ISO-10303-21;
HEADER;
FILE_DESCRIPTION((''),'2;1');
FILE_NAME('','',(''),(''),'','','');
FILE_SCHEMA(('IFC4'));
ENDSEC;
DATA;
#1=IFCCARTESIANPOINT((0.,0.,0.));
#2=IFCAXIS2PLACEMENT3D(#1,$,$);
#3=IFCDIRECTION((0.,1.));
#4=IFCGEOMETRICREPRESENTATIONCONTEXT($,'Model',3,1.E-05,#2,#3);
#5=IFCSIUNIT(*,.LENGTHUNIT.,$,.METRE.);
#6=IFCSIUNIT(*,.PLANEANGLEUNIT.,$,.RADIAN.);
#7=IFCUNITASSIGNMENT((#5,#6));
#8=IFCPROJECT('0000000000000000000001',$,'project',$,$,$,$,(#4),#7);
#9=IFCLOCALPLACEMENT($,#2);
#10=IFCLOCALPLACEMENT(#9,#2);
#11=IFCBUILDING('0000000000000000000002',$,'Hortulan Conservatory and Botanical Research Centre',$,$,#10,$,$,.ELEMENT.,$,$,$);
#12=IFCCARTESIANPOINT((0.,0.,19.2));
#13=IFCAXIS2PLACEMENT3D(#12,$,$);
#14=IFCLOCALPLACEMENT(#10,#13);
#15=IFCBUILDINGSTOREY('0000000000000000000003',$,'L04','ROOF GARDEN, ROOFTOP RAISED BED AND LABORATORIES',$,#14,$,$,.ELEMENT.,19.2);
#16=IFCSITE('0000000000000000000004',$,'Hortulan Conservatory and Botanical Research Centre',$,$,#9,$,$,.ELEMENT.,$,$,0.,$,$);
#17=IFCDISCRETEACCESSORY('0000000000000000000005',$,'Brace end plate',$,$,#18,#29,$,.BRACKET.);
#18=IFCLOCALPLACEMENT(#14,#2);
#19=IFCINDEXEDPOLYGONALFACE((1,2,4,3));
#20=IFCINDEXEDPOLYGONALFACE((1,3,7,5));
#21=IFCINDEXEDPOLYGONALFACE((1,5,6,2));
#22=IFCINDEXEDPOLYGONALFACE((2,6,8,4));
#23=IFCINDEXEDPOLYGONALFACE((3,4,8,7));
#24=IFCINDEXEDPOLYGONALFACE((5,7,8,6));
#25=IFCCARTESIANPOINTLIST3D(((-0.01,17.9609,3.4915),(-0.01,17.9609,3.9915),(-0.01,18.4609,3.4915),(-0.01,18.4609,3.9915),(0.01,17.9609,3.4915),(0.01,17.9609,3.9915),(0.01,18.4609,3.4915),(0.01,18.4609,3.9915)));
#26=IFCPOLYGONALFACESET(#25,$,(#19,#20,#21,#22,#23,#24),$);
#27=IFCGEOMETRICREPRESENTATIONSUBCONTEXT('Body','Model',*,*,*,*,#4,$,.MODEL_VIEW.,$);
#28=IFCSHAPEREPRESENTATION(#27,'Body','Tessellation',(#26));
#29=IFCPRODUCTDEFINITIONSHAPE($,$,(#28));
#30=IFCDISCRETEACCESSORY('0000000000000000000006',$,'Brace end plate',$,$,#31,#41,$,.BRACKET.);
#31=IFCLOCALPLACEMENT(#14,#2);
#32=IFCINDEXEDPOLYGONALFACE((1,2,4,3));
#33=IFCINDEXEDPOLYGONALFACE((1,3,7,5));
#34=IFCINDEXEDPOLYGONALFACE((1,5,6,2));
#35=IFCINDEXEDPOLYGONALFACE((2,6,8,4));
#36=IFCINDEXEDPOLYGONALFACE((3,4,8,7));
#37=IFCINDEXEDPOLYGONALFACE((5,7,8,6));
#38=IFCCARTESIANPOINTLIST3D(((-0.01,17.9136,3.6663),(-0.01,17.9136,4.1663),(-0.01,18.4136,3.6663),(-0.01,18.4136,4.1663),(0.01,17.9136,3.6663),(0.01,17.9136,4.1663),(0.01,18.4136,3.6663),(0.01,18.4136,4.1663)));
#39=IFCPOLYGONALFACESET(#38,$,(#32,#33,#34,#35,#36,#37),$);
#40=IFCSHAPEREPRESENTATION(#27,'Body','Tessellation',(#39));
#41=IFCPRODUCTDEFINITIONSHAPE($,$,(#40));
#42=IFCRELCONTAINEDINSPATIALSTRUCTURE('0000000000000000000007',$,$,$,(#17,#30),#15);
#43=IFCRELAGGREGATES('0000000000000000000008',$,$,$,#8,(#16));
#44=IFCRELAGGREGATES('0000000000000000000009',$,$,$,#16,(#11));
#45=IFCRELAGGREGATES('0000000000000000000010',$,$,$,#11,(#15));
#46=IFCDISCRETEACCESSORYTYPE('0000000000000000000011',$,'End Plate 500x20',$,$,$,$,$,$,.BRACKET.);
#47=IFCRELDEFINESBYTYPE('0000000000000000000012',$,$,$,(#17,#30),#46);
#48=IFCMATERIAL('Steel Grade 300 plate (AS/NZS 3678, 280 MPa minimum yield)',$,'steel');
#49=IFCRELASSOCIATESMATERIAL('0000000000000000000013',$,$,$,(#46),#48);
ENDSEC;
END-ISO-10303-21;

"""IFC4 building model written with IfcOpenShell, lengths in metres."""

from ifc_helpers import new_model, si_unit, direction, frame, origin, origin_2d, place, context, subcontext, project, spatial, rectangle, extrude, material, type_object, element, save


model = new_model("IFC4")

# Units and contexts
model_context = context("Model", 3, precision=1e-05, world=origin(), true_north=direction((0.0, 1.0)))
body_context = subcontext(model_context, "Body", "Model", "MODEL_VIEW")
ifc_project = project(units=[si_unit("LENGTHUNIT", "METRE"), si_unit("PLANEANGLEUNIT", "RADIAN")], contexts=[model_context])

# Site, building, storey
site_placement = place(None, origin())
site = spatial("IfcSite", under=ifc_project, at=site_placement, Name="Hortulan Conservatory and Botanical Research Centre", CompositionType="ELEMENT", RefElevation=0.0)
building_placement = place(site_placement, origin())
building = spatial("IfcBuilding", under=site, at=building_placement, Name="Hortulan Conservatory and Botanical Research Centre", CompositionType="ELEMENT")
storey_placement = place(building_placement, frame((0.0, 0.0, 19.2)))
storey = spatial("IfcBuildingStorey", under=building, at=storey_placement, Name="L04", Description="ROOF GARDEN, ROOFTOP RAISED BED AND LABORATORIES", CompositionType="ELEMENT", Elevation=19.2)

# Discrete accessories
ifc_material_1 = material(Name="Steel Grade 300 plate (AS/NZS 3678, 280 MPa minimum yield)", Category="steel")
discrete_accessory_type = type_object("IfcDiscreteAccessoryType", Name="End Plate 500x20", PredefinedType="BRACKET", material=ifc_material_1)
for number, where, z_axis, x_axis, name in (
    (1, (0.0, 18.2109, 3.4915), (0.0, 0.0, 1.0), (0.0, -1.0, 0.0), "Brace end plate"),
    (2, (0.0, 18.1636, 3.6663), (0.0, 0.0, 1.0), (0.0, -1.0, 0.0), "Brace end plate"),
):
    element("IfcDiscreteAccessory", number, at=place(storey_placement, frame(where, z_axis=z_axis, x_axis=x_axis)), inside=storey, type_object=discrete_accessory_type, Name=name, PredefinedType="BRACKET", context=body_context, shape_type="SweptSolid", body=[
        extrude(rectangle(XDim=0.5, YDim=0.02, at=origin_2d()), origin(), (0.0, 0.0, 1.0), 0.5),
    ])

save(model, "model.ifc")
